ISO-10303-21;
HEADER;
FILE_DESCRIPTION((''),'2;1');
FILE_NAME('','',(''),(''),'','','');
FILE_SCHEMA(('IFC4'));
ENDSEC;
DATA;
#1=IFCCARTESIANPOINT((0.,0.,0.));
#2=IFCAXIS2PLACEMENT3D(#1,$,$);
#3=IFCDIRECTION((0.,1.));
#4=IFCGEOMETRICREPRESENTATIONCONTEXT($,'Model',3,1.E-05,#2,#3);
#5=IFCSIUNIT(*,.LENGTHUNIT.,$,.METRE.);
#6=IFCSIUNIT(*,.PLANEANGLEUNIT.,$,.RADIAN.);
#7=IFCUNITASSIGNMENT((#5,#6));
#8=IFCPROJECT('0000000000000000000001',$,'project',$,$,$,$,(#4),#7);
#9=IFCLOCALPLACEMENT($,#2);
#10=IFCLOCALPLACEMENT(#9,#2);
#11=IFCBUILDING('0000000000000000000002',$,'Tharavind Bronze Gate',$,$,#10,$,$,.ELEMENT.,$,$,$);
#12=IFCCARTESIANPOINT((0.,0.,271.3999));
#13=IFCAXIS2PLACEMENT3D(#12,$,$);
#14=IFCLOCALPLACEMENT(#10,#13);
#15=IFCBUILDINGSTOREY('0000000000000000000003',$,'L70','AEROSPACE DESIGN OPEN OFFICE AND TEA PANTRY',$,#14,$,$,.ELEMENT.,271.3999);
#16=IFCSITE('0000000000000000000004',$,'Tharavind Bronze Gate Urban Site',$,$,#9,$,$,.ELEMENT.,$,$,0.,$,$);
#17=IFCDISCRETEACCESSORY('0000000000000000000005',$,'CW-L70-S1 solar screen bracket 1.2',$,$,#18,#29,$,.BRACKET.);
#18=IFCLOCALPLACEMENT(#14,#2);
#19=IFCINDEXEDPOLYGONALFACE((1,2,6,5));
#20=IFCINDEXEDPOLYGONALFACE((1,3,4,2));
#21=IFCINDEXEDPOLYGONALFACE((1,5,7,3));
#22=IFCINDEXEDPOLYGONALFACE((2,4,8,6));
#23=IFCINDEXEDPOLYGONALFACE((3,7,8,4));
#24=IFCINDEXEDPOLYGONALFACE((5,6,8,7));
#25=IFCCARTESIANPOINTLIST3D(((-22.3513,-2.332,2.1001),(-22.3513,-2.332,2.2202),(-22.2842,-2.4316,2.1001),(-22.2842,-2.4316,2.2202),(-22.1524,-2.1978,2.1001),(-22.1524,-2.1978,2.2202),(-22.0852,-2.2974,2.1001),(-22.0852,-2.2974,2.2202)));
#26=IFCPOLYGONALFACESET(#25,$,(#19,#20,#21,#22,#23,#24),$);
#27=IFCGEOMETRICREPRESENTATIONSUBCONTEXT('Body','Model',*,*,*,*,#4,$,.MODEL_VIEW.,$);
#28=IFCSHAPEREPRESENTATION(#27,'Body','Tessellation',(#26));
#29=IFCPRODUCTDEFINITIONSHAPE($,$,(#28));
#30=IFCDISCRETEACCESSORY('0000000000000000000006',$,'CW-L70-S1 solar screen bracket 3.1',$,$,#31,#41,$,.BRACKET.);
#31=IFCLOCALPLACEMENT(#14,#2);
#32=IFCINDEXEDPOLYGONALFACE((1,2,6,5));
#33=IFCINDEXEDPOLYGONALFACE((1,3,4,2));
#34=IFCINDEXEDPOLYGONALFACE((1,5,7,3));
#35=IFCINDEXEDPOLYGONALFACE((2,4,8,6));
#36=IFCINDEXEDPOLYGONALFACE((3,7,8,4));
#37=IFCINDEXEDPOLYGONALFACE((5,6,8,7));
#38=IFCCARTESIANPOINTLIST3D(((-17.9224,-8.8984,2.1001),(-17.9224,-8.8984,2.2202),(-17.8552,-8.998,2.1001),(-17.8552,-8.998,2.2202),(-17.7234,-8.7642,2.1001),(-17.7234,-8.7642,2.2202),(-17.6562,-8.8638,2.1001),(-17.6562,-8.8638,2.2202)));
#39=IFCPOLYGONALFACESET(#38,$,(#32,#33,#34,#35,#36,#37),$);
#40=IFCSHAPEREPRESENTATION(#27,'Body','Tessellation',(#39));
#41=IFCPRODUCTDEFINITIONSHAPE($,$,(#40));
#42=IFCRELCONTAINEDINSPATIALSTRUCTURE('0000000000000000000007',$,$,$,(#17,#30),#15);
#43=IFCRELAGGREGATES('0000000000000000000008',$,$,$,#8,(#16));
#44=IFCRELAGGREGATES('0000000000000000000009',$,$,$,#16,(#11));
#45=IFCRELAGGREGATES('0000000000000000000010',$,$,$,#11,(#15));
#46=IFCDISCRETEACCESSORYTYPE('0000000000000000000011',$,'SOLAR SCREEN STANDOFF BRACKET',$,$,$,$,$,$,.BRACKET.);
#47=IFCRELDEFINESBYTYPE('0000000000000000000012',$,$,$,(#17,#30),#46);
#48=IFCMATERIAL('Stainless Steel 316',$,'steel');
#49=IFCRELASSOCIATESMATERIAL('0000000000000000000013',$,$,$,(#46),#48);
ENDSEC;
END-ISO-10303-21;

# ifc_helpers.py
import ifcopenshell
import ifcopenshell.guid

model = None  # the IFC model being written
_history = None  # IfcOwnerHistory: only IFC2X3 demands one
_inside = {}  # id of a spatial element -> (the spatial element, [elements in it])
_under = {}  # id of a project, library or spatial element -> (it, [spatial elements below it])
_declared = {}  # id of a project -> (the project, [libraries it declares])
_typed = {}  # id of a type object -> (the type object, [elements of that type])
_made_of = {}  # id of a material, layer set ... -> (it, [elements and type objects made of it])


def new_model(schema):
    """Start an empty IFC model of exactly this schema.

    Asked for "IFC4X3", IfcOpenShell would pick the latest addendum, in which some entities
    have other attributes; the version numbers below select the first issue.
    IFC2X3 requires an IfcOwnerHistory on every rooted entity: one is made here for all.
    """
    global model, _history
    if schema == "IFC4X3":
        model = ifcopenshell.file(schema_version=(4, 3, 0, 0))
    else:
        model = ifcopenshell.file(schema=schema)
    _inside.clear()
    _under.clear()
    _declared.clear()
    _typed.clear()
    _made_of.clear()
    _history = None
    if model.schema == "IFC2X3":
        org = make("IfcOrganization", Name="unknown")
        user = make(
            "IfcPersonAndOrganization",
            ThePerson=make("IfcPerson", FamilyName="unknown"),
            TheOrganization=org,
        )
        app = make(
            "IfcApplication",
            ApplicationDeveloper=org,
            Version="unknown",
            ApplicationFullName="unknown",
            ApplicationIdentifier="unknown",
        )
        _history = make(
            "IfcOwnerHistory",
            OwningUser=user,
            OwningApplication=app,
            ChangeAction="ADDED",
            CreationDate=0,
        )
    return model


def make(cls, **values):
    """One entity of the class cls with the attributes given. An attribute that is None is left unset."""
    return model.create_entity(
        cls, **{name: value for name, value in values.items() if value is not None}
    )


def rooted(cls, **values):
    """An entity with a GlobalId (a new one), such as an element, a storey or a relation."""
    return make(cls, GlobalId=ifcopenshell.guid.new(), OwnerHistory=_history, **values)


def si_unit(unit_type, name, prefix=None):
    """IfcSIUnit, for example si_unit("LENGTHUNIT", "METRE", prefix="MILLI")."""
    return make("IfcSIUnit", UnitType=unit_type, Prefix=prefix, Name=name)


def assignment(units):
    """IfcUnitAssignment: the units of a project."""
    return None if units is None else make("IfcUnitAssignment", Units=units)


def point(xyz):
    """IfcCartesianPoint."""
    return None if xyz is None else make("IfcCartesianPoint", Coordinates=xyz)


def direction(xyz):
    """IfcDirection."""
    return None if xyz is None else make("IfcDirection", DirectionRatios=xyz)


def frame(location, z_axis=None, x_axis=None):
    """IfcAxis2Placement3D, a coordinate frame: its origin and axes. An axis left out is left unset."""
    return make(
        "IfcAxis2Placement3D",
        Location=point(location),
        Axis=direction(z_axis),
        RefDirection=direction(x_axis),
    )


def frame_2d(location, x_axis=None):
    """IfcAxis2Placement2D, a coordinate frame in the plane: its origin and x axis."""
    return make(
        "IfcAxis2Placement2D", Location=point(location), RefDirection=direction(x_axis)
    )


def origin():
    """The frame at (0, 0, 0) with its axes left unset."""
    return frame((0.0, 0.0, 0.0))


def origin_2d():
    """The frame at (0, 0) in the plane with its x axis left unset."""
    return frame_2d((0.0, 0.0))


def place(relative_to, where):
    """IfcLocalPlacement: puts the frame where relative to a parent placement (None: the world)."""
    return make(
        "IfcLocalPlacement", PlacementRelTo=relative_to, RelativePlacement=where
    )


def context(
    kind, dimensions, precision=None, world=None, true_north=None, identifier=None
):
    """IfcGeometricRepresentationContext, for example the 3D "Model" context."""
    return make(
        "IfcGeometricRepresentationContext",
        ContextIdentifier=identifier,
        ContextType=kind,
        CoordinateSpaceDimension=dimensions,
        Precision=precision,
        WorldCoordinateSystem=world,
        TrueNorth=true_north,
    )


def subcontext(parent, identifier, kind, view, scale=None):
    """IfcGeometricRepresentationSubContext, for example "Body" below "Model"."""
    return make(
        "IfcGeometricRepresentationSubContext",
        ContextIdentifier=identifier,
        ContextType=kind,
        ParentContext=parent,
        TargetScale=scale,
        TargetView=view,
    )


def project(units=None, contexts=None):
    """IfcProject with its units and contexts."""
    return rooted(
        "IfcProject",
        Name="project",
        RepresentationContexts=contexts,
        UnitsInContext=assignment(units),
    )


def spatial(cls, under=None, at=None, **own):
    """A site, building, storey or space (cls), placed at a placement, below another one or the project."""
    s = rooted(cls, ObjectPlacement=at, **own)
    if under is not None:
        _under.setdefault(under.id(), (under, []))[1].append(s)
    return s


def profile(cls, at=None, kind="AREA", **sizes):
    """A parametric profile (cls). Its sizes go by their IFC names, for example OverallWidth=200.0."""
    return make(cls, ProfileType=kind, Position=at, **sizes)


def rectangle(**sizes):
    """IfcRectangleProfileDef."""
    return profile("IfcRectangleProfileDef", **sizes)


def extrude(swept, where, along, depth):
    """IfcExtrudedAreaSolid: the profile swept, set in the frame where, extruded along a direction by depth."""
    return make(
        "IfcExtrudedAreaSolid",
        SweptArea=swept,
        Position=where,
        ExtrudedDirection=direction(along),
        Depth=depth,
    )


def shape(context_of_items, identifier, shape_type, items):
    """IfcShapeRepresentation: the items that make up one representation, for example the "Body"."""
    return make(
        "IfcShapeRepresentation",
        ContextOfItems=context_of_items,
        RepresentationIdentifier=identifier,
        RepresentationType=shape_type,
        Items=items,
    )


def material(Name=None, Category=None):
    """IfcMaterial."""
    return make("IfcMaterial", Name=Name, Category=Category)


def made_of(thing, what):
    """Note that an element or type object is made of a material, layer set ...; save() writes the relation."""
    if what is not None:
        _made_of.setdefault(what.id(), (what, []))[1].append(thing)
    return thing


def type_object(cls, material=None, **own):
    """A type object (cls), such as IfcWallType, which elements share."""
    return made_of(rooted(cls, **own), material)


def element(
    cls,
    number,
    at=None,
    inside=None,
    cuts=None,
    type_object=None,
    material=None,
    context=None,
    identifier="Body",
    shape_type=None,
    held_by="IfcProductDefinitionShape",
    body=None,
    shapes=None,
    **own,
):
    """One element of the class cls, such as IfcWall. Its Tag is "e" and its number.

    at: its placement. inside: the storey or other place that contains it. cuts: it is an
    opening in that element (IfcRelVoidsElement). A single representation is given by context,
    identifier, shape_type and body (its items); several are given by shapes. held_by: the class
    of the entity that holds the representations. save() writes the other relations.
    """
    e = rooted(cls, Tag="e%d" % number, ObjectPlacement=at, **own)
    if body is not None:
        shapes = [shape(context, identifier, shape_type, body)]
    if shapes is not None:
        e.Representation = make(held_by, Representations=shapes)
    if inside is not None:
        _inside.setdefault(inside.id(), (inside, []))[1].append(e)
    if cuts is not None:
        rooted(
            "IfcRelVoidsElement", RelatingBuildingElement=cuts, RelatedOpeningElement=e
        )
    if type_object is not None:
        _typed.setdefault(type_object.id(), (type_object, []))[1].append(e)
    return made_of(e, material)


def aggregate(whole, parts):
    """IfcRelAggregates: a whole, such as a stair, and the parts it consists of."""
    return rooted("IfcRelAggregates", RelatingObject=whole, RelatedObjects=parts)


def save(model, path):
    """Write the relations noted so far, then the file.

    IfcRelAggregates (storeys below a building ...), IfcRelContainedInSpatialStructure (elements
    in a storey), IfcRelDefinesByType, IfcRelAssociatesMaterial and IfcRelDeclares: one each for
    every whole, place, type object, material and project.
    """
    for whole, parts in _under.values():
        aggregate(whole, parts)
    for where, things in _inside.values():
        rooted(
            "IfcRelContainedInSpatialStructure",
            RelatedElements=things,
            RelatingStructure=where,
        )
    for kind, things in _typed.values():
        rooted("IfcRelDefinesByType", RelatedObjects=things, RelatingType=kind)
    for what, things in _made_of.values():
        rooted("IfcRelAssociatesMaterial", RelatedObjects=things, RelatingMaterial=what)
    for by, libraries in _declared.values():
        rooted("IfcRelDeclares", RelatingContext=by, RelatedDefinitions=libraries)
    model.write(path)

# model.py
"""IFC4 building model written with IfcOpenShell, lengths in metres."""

from ifc_helpers import new_model, si_unit, direction, frame, origin, origin_2d, place, context, subcontext, project, spatial, rectangle, extrude, material, type_object, element, save


model = new_model("IFC4")

# Units and contexts
model_context = context("Model", 3, precision=1e-05, world=origin(), true_north=direction((0.0, 1.0)))
body_context = subcontext(model_context, "Body", "Model", "MODEL_VIEW")
ifc_project = project(units=[si_unit("LENGTHUNIT", "METRE"), si_unit("PLANEANGLEUNIT", "RADIAN")], contexts=[model_context])

# Site, building, storey
site_placement = place(None, origin())
site = spatial("IfcSite", under=ifc_project, at=site_placement, Name="Tharavind Bronze Gate Urban Site", CompositionType="ELEMENT", RefElevation=0.0)
building_placement = place(site_placement, origin())
building = spatial("IfcBuilding", under=site, at=building_placement, Name="Tharavind Bronze Gate", CompositionType="ELEMENT")
storey_placement = place(building_placement, frame((0.0, 0.0, 271.3999)))
storey = spatial("IfcBuildingStorey", under=building, at=storey_placement, Name="L70", Description="AEROSPACE DESIGN OPEN OFFICE AND TEA PANTRY", CompositionType="ELEMENT", Elevation=271.3999)

# Discrete accessories
ifc_material_1 = material(Name="Stainless Steel 316", Category="steel")
discrete_accessory_type = type_object("IfcDiscreteAccessoryType", Name="SOLAR SCREEN STANDOFF BRACKET", PredefinedType="BRACKET", material=ifc_material_1)
for number, where, z_axis, x_axis, name in (
    (1, (-22.2183, -2.3147, 2.1001), (0.0, 0.0, 1.0), (0.559191, -0.829039, 0.0), "CW-L70-S1 solar screen bracket 1.2"),
    (2, (-17.7893, -8.8811, 2.1001), (0.0, 0.0, 1.0), (0.559191, -0.829039, 0.0), "CW-L70-S1 solar screen bracket 3.1"),
):
    element("IfcDiscreteAccessory", number, at=place(storey_placement, frame(where, z_axis=z_axis, x_axis=x_axis)), inside=storey, type_object=discrete_accessory_type, Name=name, PredefinedType="BRACKET", context=body_context, shape_type="SweptSolid", body=[
        extrude(rectangle(XDim=0.1201, YDim=0.24, at=origin_2d()), origin(), (0.0, 0.0, 1.0), 0.1201),
    ])

save(model, "model.ifc")
